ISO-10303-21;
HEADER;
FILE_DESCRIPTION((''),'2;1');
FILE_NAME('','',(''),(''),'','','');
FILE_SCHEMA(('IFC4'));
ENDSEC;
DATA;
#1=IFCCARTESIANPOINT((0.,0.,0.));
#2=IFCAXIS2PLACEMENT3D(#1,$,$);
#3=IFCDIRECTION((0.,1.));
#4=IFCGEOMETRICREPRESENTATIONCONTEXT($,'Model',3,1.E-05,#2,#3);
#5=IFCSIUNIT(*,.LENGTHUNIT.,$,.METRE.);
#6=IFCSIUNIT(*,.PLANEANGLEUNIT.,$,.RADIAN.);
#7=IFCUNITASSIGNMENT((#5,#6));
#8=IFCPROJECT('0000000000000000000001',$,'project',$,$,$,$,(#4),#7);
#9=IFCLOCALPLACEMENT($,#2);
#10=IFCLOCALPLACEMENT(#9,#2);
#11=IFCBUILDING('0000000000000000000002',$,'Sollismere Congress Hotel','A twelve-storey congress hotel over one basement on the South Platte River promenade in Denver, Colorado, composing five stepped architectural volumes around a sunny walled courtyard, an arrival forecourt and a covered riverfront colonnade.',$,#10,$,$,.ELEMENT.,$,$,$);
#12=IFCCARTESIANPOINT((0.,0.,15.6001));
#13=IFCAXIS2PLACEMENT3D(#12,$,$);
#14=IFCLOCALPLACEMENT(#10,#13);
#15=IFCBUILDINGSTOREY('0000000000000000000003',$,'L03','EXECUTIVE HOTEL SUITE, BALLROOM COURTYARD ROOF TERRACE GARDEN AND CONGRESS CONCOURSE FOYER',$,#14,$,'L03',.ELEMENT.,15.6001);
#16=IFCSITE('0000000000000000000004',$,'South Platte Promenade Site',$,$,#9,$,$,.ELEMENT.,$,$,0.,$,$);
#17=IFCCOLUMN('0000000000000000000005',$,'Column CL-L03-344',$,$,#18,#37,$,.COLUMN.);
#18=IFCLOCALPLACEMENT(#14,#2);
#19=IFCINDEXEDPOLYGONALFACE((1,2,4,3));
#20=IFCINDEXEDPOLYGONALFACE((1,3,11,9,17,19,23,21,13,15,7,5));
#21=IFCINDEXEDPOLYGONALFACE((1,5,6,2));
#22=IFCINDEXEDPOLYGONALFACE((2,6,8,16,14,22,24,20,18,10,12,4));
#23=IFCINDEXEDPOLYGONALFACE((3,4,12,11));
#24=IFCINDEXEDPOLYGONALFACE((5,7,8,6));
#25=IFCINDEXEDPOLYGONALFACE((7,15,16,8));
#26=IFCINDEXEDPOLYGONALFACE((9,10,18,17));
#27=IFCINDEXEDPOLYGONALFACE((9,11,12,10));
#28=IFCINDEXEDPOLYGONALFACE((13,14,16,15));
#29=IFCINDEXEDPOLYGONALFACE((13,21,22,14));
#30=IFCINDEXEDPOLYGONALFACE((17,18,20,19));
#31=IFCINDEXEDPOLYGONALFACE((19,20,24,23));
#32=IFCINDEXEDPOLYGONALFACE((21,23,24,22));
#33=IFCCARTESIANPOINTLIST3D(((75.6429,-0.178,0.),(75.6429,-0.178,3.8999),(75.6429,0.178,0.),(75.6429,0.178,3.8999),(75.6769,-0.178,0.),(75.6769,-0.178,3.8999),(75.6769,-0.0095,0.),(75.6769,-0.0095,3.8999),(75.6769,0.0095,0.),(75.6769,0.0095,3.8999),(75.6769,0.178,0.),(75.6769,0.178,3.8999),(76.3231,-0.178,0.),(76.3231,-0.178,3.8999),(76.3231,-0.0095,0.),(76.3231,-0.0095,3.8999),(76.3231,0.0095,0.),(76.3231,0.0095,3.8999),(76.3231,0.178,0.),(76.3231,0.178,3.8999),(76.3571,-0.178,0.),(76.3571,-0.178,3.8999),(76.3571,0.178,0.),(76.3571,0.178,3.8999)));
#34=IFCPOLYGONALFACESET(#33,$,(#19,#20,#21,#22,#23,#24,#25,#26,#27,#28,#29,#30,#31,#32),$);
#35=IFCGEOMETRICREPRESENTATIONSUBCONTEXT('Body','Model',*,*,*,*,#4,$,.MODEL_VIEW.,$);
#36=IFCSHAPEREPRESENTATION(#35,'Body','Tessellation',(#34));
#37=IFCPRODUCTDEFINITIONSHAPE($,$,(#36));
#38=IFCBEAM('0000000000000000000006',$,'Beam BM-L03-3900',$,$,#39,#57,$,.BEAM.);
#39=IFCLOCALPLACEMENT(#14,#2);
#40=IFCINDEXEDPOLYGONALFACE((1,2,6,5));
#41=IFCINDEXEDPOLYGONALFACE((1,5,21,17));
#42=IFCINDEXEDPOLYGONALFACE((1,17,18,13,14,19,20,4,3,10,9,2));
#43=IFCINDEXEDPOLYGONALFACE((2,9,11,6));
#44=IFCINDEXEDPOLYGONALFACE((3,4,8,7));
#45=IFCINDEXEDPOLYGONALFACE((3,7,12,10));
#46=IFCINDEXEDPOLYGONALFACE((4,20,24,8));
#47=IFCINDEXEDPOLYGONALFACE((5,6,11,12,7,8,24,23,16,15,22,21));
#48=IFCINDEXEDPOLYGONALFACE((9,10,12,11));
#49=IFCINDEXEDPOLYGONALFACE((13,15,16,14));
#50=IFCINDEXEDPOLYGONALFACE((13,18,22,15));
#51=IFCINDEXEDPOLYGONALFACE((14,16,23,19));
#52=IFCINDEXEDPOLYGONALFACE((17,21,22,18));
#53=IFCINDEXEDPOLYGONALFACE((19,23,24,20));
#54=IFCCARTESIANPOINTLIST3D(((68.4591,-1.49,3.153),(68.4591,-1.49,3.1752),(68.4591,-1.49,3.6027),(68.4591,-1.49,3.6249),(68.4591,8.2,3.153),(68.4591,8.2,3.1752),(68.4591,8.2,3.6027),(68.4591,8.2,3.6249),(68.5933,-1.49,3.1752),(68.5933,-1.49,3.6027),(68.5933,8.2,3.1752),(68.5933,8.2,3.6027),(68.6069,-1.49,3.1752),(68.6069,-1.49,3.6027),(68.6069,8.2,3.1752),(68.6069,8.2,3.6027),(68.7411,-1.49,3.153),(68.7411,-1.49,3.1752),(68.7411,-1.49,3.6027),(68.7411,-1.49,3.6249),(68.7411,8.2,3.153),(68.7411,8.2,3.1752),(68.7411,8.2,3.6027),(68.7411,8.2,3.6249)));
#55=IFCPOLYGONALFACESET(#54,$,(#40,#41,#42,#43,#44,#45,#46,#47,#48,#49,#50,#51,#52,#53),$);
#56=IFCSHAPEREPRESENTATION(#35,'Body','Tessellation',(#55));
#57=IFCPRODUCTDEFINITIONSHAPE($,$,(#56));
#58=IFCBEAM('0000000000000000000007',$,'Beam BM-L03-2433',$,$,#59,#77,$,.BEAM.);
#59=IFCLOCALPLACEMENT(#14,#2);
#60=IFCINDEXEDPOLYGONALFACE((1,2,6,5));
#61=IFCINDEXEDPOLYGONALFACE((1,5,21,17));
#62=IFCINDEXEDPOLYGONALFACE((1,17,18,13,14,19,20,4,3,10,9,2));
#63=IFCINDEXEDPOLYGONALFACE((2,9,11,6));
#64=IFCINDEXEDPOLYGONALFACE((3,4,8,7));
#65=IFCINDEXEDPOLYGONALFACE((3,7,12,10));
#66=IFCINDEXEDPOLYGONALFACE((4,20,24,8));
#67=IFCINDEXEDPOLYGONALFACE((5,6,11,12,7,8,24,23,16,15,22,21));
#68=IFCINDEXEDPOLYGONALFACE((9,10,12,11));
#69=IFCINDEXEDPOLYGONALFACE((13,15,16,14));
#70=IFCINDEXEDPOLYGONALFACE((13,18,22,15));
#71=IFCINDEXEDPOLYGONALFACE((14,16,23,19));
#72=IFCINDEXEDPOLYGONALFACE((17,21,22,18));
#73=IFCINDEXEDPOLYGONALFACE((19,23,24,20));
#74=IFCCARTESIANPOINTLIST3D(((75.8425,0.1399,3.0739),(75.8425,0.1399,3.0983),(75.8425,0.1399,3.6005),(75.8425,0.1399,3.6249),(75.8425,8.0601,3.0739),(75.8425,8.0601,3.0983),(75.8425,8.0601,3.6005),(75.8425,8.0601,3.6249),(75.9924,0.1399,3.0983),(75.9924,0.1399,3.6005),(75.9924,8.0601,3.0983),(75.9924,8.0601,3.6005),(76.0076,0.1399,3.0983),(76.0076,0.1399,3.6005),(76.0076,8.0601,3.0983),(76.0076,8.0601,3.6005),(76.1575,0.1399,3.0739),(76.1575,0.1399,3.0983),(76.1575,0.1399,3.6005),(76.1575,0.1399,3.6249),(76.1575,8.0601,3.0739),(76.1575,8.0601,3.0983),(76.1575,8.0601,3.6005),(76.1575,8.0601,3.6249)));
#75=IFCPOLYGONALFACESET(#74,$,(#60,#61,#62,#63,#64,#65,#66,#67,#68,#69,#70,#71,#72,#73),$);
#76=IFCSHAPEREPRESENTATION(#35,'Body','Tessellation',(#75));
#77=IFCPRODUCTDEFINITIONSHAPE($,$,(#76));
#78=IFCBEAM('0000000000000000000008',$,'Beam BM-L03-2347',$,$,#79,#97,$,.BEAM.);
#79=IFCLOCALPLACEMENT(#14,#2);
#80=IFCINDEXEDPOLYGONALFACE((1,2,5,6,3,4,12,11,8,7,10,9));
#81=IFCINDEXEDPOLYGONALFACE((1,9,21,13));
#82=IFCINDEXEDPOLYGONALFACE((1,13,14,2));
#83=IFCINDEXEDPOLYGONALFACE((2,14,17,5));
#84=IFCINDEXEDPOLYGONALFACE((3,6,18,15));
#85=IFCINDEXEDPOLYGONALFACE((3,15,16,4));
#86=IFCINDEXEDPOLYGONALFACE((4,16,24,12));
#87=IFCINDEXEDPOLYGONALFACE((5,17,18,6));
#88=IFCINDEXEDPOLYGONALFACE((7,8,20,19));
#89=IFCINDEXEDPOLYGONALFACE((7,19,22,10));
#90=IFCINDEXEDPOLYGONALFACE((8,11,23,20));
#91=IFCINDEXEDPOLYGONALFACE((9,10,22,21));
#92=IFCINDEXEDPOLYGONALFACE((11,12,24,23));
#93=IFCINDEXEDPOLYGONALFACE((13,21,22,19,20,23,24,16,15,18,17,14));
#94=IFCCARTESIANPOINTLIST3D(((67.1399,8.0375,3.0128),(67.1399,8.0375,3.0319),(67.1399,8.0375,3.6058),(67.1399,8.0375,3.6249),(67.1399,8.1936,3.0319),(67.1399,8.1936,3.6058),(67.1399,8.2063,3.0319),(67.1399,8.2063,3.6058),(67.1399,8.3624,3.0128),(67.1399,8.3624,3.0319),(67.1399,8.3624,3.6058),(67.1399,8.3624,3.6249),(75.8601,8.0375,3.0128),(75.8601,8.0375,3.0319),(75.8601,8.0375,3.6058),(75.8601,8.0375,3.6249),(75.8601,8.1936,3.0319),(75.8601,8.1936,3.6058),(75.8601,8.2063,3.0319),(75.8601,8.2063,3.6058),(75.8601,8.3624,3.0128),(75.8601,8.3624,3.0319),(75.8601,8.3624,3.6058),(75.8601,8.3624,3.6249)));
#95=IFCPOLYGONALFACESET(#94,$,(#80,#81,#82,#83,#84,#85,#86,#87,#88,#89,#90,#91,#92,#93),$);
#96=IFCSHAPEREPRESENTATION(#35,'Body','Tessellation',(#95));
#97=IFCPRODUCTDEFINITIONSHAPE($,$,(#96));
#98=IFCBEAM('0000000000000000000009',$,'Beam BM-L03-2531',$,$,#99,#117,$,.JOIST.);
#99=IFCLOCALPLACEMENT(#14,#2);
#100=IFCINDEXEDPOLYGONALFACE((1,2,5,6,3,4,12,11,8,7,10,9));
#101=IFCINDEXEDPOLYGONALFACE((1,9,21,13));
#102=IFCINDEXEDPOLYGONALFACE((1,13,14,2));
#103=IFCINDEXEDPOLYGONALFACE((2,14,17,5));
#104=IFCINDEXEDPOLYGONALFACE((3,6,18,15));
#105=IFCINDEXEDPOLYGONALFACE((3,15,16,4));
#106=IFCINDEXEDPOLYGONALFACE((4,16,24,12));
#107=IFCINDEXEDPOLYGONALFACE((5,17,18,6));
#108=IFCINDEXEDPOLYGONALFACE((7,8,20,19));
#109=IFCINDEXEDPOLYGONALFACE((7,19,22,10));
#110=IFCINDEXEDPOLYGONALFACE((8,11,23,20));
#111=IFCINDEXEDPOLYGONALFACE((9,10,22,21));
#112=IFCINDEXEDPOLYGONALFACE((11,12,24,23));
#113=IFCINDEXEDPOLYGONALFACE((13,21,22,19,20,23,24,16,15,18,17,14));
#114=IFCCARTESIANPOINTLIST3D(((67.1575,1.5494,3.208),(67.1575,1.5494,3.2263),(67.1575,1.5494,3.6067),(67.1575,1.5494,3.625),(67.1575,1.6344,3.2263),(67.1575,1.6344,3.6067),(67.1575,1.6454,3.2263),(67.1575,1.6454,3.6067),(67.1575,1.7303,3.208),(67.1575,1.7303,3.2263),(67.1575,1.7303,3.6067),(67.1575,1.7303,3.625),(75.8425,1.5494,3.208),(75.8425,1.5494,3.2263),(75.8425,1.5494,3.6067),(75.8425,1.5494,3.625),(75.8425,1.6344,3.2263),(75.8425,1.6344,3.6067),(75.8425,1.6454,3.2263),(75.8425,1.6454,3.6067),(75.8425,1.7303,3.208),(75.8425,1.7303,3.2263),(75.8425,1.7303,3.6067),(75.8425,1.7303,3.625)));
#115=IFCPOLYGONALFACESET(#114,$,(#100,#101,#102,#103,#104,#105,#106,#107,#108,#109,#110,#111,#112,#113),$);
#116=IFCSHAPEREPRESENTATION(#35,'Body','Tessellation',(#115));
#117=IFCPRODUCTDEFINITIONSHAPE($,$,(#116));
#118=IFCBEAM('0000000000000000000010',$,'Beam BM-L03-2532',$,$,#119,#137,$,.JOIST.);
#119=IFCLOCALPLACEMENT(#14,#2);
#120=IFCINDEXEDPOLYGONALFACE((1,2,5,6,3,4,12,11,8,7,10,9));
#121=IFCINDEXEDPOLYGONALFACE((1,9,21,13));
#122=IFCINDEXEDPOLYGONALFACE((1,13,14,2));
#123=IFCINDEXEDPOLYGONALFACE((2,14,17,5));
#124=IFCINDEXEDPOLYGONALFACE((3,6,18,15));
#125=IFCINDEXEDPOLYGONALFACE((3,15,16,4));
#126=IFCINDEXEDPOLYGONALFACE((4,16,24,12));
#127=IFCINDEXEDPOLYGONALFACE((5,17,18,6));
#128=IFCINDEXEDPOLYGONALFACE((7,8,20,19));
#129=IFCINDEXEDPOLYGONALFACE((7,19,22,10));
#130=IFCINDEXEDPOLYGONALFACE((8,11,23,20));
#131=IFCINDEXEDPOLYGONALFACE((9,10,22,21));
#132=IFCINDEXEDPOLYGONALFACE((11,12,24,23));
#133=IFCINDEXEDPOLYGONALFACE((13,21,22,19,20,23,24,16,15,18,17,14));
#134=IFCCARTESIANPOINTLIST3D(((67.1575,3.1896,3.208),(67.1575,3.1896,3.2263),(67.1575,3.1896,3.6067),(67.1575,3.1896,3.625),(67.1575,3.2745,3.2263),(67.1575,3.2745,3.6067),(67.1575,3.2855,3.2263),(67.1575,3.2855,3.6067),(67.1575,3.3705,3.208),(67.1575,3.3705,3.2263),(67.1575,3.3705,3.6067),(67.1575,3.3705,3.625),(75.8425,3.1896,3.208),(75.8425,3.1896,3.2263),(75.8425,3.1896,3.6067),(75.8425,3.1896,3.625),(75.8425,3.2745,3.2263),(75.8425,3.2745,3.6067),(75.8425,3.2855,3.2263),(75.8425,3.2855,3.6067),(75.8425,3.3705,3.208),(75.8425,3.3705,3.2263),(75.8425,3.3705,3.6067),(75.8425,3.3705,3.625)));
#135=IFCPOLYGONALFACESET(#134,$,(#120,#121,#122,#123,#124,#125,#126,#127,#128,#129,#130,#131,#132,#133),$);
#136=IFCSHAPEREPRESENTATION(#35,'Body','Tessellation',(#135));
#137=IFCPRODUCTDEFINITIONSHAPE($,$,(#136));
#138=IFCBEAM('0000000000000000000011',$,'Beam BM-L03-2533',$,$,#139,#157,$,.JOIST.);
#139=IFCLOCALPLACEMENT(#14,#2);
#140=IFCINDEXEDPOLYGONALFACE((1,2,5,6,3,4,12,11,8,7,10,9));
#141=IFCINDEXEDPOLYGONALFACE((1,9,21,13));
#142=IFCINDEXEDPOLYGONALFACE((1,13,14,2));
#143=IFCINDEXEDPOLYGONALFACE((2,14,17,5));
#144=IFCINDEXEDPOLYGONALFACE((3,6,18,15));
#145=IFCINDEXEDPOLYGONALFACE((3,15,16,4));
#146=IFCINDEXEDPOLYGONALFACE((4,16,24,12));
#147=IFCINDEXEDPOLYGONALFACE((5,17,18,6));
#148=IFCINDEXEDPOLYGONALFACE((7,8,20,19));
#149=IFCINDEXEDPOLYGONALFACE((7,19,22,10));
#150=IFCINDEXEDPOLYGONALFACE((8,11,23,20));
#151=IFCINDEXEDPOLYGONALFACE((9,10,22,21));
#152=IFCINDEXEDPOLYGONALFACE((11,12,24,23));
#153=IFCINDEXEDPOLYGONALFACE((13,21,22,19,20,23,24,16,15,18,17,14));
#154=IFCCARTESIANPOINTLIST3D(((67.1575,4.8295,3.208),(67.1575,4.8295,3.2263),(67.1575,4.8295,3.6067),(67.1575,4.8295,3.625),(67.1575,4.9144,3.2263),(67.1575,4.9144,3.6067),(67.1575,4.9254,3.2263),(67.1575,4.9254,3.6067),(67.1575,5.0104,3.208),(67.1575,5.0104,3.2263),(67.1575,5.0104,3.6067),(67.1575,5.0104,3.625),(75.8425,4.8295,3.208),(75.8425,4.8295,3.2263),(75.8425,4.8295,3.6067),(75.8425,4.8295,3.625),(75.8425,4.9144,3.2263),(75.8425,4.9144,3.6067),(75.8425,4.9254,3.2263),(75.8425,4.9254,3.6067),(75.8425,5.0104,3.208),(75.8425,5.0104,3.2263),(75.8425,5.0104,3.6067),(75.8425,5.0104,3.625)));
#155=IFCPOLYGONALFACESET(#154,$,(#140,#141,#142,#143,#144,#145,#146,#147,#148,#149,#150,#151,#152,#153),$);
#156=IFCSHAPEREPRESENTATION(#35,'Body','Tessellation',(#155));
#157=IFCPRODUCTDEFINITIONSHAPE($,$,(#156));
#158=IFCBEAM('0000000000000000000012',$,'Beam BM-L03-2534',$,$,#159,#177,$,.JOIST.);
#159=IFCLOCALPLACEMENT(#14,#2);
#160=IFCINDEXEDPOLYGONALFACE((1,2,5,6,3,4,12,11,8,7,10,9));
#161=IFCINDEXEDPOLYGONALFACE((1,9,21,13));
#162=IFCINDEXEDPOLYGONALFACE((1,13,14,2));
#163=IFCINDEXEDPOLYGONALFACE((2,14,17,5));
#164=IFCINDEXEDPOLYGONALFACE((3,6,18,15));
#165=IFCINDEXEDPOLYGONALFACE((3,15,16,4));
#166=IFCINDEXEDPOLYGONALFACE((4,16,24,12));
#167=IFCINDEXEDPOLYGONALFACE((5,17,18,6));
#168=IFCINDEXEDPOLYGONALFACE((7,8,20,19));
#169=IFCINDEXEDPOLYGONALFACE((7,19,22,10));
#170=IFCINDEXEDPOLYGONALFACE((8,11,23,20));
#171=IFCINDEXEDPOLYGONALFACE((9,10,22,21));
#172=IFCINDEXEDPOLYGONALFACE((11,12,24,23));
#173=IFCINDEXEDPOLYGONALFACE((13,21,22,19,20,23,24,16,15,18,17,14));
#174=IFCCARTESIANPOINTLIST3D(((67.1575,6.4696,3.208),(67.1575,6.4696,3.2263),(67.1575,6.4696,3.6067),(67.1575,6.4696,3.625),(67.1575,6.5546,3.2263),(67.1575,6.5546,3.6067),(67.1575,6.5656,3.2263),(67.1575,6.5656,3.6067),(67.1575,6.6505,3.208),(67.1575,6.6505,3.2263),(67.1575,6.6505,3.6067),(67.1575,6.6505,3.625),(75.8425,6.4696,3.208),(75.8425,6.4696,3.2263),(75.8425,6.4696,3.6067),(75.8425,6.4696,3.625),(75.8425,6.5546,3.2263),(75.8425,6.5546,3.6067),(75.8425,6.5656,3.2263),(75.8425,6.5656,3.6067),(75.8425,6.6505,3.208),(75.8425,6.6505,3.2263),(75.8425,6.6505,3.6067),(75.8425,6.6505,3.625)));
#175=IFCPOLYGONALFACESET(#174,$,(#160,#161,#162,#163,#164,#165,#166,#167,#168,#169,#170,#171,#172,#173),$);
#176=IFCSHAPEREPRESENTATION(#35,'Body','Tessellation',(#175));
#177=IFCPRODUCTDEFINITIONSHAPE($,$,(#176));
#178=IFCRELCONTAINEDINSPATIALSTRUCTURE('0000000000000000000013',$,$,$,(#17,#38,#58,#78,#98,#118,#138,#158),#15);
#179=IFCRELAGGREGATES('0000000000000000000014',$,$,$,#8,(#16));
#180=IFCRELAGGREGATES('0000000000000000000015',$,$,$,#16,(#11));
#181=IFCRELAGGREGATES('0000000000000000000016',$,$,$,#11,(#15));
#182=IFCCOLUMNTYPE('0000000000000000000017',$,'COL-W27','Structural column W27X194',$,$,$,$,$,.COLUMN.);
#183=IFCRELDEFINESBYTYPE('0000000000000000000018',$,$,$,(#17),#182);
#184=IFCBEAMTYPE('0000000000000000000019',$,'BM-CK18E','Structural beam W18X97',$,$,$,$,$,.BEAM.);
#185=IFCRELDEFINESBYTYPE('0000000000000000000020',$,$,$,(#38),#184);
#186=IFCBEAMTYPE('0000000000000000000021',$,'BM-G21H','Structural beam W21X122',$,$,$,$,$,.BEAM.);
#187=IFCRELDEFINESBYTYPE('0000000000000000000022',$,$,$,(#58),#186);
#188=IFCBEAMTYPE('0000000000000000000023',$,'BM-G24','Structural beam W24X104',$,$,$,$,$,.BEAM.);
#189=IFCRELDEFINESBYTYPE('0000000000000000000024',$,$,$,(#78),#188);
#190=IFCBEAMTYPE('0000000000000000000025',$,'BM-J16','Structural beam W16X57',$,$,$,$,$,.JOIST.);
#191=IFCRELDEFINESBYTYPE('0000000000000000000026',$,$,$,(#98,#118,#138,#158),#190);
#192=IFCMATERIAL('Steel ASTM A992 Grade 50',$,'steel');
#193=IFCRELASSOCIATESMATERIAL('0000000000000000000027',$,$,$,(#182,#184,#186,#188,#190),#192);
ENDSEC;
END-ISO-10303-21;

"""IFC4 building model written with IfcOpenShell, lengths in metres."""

from ifc_helpers import new_model, si_unit, direction, frame, origin, origin_2d, place, context, subcontext, project, spatial, i_section, extrude, material, material_profile, profile_set, type_object, element, save


model = new_model("IFC4")

# Units and contexts
model_context = context("Model", 3, precision=1e-05, world=origin(), true_north=direction((0.0, 1.0)))
body_context = subcontext(model_context, "Body", "Model", "MODEL_VIEW")
ifc_project = project(units=[si_unit("LENGTHUNIT", "METRE"), si_unit("PLANEANGLEUNIT", "RADIAN")], contexts=[model_context])

# Site, building, storey
site_placement = place(None, origin())
site = spatial("IfcSite", under=ifc_project, at=site_placement, Name="South Platte Promenade Site", CompositionType="ELEMENT", RefElevation=0.0)
building_placement = place(site_placement, origin())
building = spatial("IfcBuilding", under=site, at=building_placement, Name="Sollismere Congress Hotel", Description="A twelve-storey congress hotel over one basement on the South Platte River promenade in Denver, Colorado, composing five stepped architectural volumes around a sunny walled courtyard, an arrival forecourt and a covered riverfront colonnade.", CompositionType="ELEMENT")
storey_placement = place(building_placement, frame((0.0, 0.0, 15.6001)))
storey = spatial("IfcBuildingStorey", under=building, at=storey_placement, Name="L03", Description="EXECUTIVE HOTEL SUITE, BALLROOM COURTYARD ROOF TERRACE GARDEN AND CONGRESS CONCOURSE FOYER", LongName="L03", CompositionType="ELEMENT", Elevation=15.6001)

# Column
ifc_material_1 = material(Name="Steel ASTM A992 Grade 50", Category="steel")
ifc_material_profile_1 = material_profile(ifc_material_1, i_section(OverallWidth=0.356, OverallDepth=0.7141, WebThickness=0.019, FlangeThickness=0.0339, at=origin_2d()), Name="W27X194")
ifc_profile_set_1 = profile_set([ifc_material_profile_1], Name="Steel ASTM A992 Grade 50")
column_type = type_object("IfcColumnType", Name="COL-W27", Description="Structural column W27X194", PredefinedType="COLUMN", material=ifc_profile_set_1)
column_placement = place(storey_placement, frame((76.0, 0.0, 0.0), z_axis=(0.0, 0.0, 1.0), x_axis=(0.0, 1.0, 0.0)))
element("IfcColumn", 1, at=column_placement, inside=storey, type_object=column_type, Name="Column CL-L03-344", PredefinedType="COLUMN", context=body_context, shape_type="SweptSolid", body=[
    extrude(i_section(OverallWidth=0.356, OverallDepth=0.7141, WebThickness=0.019, FlangeThickness=0.0339, at=origin_2d()), origin(), (0.0, 0.0, 1.0), 3.8999),
])

# Beams
ifc_material_profile_2 = material_profile(ifc_material_1, i_section(OverallWidth=0.282, OverallDepth=0.4719, WebThickness=0.0137, FlangeThickness=0.0222, at=origin_2d()), Name="W18X97")
ifc_profile_set_2 = profile_set([ifc_material_profile_2], Name="Steel ASTM A992 Grade 50")
beam_type_1 = type_object("IfcBeamType", Name="BM-CK18E", Description="Structural beam W18X97", PredefinedType="BEAM", material=ifc_profile_set_2)
beam_1_placement = place(storey_placement, frame((68.6001, 8.2, 3.3889), z_axis=(0.0, -1.0, 0.0), x_axis=(1.0, 0.0, 0.0)))
element("IfcBeam", 2, at=beam_1_placement, inside=storey, type_object=beam_type_1, Name="Beam BM-L03-3900", PredefinedType="BEAM", context=body_context, shape_type="SweptSolid", body=[
    extrude(i_section(OverallWidth=0.282, OverallDepth=0.4719, WebThickness=0.0137, FlangeThickness=0.0222, at=origin_2d()), origin(), (0.0, 0.0, 1.0), 9.6899),
])
ifc_material_profile_3 = material_profile(ifc_material_1, i_section(OverallWidth=0.3149, OverallDepth=0.551, WebThickness=0.0151, FlangeThickness=0.0244, at=origin_2d()), Name="W21X122")
ifc_profile_set_3 = profile_set([ifc_material_profile_3], Name="Steel ASTM A992 Grade 50")
beam_type_2 = type_object("IfcBeamType", Name="BM-G21H", Description="Structural beam W21X122", PredefinedType="BEAM", material=ifc_profile_set_3)
beam_2_placement = place(storey_placement, frame((76.0, 0.1399, 3.3494), z_axis=(0.0, 1.0, 0.0), x_axis=(-1.0, 0.0, 0.0)))
element("IfcBeam", 3, at=beam_2_placement, inside=storey, type_object=beam_type_2, Name="Beam BM-L03-2433", PredefinedType="BEAM", context=body_context, shape_type="SweptSolid", body=[
    extrude(i_section(OverallWidth=0.3149, OverallDepth=0.551, WebThickness=0.0151, FlangeThickness=0.0244, at=origin_2d()), origin(), (0.0, 0.0, 1.0), 7.9202),
])
ifc_material_profile_4 = material_profile(ifc_material_1, i_section(OverallWidth=0.325, OverallDepth=0.6121, WebThickness=0.0127, FlangeThickness=0.019, at=origin_2d()), Name="W24X104")
ifc_profile_set_4 = profile_set([ifc_material_profile_4], Name="Steel ASTM A992 Grade 50")
beam_type_3 = type_object("IfcBeamType", Name="BM-G24", Description="Structural beam W24X104", PredefinedType="BEAM", material=ifc_profile_set_4)
beam_3_placement = place(storey_placement, frame((67.1399, 8.2, 3.3188), z_axis=(1.0, 0.0, 0.0), x_axis=(0.0, 1.0, 0.0)))
element("IfcBeam", 4, at=beam_3_placement, inside=storey, type_object=beam_type_3, Name="Beam BM-L03-2347", PredefinedType="BEAM", context=body_context, shape_type="SweptSolid", body=[
    extrude(i_section(OverallWidth=0.325, OverallDepth=0.6121, WebThickness=0.0127, FlangeThickness=0.019, at=origin_2d()), origin(), (0.0, 0.0, 1.0), 8.7202),
])
ifc_material_profile_5 = material_profile(ifc_material_1, i_section(OverallWidth=0.1809, OverallDepth=0.417, WebThickness=0.011, FlangeThickness=0.0183, at=origin_2d()), Name="W16X57")
ifc_profile_set_5 = profile_set([ifc_material_profile_5], Name="Steel ASTM A992 Grade 50")
beam_type_4 = type_object("IfcBeamType", Name="BM-J16", Description="Structural beam W16X57", PredefinedType="JOIST", material=ifc_profile_set_5)
for number, where, z_axis, x_axis, name in (
    (5, (67.1575, 1.6399, 3.4165), (1.0, 0.0, 0.0), (0.0, 1.0, 0.0), "Beam BM-L03-2531"),
    (6, (67.1575, 3.28, 3.4165), (1.0, 0.0, 0.0), (0.0, 1.0, 0.0), "Beam BM-L03-2532"),
    (7, (67.1575, 4.9199, 3.4165), (1.0, 0.0, 0.0), (0.0, 1.0, 0.0), "Beam BM-L03-2533"),
    (8, (67.1575, 6.5601, 3.4165), (1.0, 0.0, 0.0), (0.0, 1.0, 0.0), "Beam BM-L03-2534"),
):
    element("IfcBeam", number, at=place(storey_placement, frame(where, z_axis=z_axis, x_axis=x_axis)), inside=storey, type_object=beam_type_4, Name=name, PredefinedType="JOIST", context=body_context, shape_type="SweptSolid", body=[
        extrude(i_section(OverallWidth=0.1809, OverallDepth=0.417, WebThickness=0.011, FlangeThickness=0.0183, at=origin_2d()), origin(), (0.0, 0.0, 1.0), 8.6851),
    ])

save(model, "model.ifc")
